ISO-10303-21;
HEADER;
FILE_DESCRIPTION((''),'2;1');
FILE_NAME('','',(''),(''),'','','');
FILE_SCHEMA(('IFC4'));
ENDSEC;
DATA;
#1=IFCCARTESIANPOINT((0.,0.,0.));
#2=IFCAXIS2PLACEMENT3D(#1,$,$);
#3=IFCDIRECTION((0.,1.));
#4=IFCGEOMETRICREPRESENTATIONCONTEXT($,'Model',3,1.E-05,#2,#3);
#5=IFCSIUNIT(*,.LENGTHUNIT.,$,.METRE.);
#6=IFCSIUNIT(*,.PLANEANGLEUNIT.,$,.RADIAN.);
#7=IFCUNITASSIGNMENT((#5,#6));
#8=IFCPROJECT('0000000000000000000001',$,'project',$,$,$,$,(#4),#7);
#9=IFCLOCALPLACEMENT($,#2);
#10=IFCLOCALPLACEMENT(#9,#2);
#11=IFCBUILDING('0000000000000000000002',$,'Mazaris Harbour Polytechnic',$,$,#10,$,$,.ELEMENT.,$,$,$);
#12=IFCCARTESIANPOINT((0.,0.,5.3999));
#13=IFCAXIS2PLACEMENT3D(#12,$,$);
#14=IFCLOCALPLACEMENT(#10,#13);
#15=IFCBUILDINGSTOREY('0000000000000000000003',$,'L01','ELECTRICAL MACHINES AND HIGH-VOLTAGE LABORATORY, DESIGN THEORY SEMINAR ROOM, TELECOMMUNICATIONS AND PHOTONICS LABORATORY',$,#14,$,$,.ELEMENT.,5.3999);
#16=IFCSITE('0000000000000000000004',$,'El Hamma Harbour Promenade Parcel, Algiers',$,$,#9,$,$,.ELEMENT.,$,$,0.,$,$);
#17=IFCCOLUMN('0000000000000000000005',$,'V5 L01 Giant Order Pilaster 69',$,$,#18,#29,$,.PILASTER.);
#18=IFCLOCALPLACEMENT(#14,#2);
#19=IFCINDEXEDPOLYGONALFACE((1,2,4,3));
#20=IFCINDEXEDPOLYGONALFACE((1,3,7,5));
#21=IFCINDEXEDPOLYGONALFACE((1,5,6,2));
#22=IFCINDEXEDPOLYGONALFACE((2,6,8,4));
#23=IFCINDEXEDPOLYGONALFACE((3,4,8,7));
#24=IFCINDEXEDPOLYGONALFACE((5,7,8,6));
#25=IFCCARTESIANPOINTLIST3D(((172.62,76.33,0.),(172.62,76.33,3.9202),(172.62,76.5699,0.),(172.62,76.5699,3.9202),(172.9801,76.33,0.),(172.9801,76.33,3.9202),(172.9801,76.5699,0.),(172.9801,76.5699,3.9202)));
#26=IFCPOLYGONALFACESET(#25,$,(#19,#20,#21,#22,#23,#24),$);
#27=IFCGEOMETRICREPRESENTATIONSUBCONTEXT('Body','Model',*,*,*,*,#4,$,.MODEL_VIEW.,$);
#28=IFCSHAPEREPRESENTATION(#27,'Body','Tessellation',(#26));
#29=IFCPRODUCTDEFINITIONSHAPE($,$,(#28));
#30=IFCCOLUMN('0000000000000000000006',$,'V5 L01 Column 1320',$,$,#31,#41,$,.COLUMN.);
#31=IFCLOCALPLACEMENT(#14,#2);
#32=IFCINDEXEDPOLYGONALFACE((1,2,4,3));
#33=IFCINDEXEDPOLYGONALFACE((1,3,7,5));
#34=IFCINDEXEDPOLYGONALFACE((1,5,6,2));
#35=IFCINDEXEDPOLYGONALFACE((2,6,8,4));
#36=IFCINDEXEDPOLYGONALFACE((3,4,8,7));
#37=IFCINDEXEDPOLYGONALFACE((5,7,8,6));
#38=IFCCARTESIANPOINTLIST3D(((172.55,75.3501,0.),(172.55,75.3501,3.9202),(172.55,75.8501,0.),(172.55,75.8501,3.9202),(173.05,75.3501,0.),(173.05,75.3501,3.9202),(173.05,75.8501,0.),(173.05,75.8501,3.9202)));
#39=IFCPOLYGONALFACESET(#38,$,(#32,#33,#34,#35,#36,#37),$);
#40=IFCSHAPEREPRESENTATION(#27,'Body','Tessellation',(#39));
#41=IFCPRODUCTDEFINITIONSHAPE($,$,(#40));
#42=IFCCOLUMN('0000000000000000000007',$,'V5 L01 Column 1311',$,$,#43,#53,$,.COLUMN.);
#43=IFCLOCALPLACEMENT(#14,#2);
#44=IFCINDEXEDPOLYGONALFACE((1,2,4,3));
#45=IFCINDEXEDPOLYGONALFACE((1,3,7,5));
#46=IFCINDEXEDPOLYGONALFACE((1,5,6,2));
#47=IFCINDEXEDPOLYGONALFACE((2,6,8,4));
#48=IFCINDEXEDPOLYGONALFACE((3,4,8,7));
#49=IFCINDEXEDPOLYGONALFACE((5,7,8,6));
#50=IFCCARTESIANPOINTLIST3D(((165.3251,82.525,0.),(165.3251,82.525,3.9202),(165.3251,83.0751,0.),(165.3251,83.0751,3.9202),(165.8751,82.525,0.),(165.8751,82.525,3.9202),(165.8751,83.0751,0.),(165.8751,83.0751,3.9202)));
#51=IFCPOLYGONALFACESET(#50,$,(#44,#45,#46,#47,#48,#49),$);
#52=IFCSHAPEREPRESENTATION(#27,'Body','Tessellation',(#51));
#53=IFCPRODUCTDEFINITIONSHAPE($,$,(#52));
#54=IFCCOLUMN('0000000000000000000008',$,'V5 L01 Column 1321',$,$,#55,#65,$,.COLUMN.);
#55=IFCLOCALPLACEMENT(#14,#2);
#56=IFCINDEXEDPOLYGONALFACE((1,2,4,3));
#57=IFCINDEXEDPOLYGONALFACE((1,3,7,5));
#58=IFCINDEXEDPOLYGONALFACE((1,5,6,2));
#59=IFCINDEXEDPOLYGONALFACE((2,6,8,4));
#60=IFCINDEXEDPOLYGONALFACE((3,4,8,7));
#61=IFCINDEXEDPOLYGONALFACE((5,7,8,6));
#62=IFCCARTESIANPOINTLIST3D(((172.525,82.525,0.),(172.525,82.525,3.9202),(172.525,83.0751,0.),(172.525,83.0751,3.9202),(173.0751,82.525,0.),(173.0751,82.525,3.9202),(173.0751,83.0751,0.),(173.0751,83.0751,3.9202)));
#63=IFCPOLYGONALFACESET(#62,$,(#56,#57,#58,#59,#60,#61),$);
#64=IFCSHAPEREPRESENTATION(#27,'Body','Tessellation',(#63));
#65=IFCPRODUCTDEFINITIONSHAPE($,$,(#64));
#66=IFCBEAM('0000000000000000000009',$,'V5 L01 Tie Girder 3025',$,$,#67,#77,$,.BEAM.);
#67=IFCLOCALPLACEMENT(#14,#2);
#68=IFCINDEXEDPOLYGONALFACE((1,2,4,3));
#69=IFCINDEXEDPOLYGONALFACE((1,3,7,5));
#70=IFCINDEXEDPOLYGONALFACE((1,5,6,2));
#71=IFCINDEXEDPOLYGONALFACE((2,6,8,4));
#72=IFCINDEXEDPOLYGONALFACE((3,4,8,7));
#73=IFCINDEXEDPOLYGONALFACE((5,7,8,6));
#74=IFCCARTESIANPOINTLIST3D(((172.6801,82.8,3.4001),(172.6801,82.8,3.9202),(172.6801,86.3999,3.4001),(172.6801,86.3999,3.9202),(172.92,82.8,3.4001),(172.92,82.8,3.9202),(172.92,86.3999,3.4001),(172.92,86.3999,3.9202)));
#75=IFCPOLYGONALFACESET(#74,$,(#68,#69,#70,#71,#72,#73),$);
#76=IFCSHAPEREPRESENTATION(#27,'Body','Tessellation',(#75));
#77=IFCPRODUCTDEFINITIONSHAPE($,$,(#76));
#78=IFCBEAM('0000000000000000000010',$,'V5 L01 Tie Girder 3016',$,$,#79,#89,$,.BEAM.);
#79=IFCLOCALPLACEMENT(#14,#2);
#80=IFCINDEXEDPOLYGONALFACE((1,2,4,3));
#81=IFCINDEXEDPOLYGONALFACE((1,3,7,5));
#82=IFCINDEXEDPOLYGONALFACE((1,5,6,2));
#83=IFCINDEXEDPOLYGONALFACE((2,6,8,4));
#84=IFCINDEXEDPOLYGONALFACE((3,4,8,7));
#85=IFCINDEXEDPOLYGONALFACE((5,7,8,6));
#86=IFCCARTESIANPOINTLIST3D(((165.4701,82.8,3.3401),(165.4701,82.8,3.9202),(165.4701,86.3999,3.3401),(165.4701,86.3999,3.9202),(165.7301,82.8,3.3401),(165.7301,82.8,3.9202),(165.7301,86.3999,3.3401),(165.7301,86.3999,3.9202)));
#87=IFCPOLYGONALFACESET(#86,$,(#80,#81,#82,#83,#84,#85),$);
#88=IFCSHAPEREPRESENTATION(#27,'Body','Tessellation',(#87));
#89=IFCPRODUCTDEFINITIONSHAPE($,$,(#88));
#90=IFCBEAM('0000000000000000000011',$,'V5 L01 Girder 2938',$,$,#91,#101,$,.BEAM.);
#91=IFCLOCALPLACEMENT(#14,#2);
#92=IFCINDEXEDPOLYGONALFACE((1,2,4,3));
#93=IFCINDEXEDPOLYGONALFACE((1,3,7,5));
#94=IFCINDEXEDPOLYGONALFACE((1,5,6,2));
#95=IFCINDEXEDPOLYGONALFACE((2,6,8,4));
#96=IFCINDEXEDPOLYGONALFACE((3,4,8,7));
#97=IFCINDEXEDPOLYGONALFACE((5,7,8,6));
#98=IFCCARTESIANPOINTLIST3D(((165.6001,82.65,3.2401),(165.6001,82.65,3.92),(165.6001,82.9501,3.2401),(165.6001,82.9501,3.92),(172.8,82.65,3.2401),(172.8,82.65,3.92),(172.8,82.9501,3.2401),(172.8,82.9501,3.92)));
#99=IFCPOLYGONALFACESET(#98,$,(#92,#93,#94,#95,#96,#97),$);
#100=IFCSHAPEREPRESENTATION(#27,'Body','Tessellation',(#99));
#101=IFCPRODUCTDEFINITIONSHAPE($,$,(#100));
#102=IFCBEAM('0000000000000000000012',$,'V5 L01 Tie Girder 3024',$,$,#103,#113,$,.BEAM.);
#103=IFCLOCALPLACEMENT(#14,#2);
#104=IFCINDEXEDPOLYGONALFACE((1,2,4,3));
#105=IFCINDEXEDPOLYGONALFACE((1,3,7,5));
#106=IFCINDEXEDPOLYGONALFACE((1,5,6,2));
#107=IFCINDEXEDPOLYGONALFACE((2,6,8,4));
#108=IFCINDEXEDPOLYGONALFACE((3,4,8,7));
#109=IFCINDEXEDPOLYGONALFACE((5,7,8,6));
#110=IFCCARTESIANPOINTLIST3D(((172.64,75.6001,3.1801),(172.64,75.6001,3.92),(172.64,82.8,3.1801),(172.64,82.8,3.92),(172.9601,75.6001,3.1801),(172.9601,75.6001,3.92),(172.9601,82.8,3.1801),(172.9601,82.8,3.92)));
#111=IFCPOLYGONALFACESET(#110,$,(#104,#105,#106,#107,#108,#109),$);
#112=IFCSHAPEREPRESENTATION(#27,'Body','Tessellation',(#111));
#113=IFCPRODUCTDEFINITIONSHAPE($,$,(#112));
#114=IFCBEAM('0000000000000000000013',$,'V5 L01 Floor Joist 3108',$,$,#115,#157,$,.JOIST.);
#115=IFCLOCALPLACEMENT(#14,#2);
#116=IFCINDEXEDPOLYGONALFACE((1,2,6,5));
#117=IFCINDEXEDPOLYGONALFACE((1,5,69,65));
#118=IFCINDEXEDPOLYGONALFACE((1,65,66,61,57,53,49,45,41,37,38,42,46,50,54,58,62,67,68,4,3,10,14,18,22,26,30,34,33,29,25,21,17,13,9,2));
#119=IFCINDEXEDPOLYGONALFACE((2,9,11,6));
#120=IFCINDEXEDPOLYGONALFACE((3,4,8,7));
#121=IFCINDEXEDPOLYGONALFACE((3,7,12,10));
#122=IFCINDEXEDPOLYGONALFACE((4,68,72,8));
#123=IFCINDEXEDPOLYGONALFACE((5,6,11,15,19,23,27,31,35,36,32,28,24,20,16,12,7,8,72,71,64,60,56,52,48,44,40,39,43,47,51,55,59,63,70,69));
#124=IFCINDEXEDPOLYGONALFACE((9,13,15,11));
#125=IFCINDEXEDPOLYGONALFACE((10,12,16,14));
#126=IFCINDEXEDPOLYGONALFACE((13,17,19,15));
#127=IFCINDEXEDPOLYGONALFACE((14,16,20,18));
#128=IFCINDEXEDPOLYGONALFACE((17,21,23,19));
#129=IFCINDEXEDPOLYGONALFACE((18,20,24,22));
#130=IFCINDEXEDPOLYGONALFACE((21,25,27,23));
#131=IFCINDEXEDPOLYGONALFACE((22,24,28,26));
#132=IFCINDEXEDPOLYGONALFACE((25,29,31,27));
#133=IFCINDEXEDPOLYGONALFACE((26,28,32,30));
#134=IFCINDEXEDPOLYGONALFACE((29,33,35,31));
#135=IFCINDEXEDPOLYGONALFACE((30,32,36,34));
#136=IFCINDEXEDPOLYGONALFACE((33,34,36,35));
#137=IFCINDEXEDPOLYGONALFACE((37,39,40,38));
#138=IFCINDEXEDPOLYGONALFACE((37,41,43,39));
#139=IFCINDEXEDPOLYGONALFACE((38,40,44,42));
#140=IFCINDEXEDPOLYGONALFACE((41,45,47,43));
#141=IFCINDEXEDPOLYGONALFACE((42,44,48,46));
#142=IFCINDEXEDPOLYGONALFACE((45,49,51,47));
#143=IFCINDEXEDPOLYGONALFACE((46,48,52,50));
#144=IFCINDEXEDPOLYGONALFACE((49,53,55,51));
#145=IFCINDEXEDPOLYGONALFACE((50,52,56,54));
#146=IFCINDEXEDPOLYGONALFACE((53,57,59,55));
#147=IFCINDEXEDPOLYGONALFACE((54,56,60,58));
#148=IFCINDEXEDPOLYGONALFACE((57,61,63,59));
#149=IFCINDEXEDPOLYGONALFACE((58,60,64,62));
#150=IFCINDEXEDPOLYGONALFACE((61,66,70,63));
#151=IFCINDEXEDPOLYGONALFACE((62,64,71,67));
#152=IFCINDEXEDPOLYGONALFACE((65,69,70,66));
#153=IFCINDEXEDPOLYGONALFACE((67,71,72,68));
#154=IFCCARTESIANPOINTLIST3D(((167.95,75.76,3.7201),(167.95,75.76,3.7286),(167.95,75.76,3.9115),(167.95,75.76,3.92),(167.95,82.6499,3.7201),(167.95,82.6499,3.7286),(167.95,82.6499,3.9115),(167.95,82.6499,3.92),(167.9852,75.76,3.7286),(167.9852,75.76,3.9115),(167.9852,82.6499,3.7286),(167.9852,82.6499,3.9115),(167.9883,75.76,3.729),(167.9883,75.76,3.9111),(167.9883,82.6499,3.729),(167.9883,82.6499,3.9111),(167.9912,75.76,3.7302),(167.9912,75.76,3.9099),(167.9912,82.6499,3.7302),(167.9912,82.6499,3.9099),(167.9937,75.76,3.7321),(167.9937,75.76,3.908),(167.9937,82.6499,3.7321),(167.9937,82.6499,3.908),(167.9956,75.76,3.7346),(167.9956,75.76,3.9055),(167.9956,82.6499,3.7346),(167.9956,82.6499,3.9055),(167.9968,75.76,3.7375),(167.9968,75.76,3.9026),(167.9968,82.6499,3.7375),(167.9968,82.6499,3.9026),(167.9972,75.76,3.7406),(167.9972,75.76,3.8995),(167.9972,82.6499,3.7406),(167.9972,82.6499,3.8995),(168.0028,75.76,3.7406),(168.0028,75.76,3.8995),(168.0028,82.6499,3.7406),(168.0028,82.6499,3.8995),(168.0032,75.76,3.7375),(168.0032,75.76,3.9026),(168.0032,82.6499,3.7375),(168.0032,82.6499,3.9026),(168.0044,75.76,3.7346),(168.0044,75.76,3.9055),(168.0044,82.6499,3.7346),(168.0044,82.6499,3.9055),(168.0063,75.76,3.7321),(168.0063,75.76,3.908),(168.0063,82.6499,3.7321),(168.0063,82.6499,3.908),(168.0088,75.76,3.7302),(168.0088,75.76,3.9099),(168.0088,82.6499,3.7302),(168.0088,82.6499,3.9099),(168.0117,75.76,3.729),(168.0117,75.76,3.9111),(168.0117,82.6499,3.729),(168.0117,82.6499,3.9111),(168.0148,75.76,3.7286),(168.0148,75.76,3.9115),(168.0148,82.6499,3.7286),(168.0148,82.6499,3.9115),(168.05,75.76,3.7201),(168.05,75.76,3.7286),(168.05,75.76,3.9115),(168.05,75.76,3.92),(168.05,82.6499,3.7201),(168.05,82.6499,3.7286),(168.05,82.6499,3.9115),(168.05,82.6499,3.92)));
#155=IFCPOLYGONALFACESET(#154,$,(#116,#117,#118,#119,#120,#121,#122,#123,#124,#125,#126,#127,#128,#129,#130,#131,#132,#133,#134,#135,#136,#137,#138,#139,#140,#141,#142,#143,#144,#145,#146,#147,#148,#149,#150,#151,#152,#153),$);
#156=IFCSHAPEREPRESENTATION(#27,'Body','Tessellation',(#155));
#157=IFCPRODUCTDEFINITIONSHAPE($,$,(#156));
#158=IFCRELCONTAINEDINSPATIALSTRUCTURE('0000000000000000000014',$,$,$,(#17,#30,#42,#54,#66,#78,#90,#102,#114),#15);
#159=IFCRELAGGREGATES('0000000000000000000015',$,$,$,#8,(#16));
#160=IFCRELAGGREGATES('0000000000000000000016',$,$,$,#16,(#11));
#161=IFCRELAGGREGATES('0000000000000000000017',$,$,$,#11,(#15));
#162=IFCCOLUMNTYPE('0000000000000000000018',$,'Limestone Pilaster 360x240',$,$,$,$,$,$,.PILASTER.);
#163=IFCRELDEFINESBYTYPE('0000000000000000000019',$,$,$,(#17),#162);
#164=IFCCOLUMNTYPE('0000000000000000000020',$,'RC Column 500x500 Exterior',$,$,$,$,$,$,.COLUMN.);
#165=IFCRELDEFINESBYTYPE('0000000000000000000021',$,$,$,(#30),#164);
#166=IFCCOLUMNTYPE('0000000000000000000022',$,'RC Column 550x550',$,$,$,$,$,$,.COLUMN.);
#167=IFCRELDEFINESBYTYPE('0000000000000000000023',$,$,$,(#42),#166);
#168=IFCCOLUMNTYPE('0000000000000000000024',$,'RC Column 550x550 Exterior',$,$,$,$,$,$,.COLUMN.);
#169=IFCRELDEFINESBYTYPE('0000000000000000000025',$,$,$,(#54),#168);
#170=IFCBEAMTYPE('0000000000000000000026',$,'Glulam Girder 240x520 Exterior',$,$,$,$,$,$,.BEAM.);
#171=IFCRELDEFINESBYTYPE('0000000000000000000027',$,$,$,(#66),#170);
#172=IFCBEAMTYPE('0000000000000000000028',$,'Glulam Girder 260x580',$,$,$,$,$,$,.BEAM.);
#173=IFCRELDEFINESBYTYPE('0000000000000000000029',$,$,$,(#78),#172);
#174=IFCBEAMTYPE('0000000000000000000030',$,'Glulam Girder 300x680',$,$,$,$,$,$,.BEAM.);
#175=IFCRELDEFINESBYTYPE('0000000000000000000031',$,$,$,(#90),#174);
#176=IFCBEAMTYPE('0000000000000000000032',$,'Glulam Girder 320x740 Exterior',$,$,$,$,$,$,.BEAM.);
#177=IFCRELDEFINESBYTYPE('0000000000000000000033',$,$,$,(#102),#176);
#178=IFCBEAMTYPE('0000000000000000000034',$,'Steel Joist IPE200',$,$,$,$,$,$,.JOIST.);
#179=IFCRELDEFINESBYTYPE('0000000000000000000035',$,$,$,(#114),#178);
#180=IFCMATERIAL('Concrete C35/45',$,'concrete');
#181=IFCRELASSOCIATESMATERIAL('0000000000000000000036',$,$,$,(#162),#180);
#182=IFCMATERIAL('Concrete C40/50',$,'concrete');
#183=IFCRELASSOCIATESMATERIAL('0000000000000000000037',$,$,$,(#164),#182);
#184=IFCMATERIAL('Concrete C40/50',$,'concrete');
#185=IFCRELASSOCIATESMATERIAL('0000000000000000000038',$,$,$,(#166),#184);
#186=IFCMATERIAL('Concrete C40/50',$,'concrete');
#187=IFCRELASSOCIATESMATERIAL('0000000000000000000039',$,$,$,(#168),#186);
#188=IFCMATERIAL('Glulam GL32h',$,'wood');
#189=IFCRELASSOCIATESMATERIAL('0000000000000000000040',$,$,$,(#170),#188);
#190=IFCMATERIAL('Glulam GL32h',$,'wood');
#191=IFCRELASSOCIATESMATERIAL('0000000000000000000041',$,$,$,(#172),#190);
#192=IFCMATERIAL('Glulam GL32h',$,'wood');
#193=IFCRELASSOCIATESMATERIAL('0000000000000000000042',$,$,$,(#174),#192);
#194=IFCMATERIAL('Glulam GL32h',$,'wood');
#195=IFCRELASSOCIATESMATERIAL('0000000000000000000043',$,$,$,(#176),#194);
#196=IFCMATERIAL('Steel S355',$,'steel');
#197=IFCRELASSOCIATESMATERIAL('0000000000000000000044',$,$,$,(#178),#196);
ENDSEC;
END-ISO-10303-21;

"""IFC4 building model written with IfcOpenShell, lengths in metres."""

from ifc_helpers import new_model, si_unit, direction, frame, origin, origin_2d, place, context, subcontext, project, spatial, rectangle, i_section, extrude, material, material_profile, profile_set, type_object, element, save


model = new_model("IFC4")

# Units and contexts
model_context = context("Model", 3, precision=1e-05, world=origin(), true_north=direction((0.0, 1.0)))
body_context = subcontext(model_context, "Body", "Model", "MODEL_VIEW")
ifc_project = project(units=[si_unit("LENGTHUNIT", "METRE"), si_unit("PLANEANGLEUNIT", "RADIAN")], contexts=[model_context])

# Site, building, storey
site_placement = place(None, origin())
site = spatial("IfcSite", under=ifc_project, at=site_placement, Name="El Hamma Harbour Promenade Parcel, Algiers", CompositionType="ELEMENT", RefElevation=0.0)
building_placement = place(site_placement, origin())
building = spatial("IfcBuilding", under=site, at=building_placement, Name="Mazaris Harbour Polytechnic", CompositionType="ELEMENT")
storey_placement = place(building_placement, frame((0.0, 0.0, 5.3999)))
storey = spatial("IfcBuildingStorey", under=building, at=storey_placement, Name="L01", Description="ELECTRICAL MACHINES AND HIGH-VOLTAGE LABORATORY, DESIGN THEORY SEMINAR ROOM, TELECOMMUNICATIONS AND PHOTONICS LABORATORY", CompositionType="ELEMENT", Elevation=5.3999)

# Columns
ifc_material_1 = material(Name="Concrete C35/45", Category="concrete")
ifc_material_profile_1 = material_profile(ifc_material_1, rectangle(XDim=0.3601, YDim=0.24, at=origin_2d()), Name="RECT360x240")
ifc_profile_set_1 = profile_set([ifc_material_profile_1], Name="Concrete C35/45")
column_type_1 = type_object("IfcColumnType", Name="Limestone Pilaster 360x240", PredefinedType="PILASTER", material=ifc_profile_set_1)
column_1_placement = place(storey_placement, frame((172.8, 76.45, 0.0), z_axis=(0.0, 0.0, 1.0), x_axis=(1.0, 0.0, 0.0)))
element("IfcColumn", 1, at=column_1_placement, inside=storey, type_object=column_type_1, Name="V5 L01 Giant Order Pilaster 69", PredefinedType="PILASTER", context=body_context, shape_type="SweptSolid", body=[
    extrude(rectangle(XDim=0.3601, YDim=0.24, at=origin_2d()), origin(), (0.0, 0.0, 1.0), 3.9202),
])
ifc_material_2 = material(Name="Concrete C40/50", Category="concrete")
ifc_material_profile_2 = material_profile(ifc_material_2, rectangle(XDim=0.5, YDim=0.5, at=origin_2d()), Name="RECT500x500")
ifc_profile_set_2 = profile_set([ifc_material_profile_2], Name="Concrete C40/50")
column_type_2 = type_object("IfcColumnType", Name="RC Column 500x500 Exterior", PredefinedType="COLUMN", material=ifc_profile_set_2)
column_2_placement = place(storey_placement, frame((172.8, 75.6001, 0.0), z_axis=(0.0, 0.0, 1.0), x_axis=(1.0, 0.0, 0.0)))
element("IfcColumn", 2, at=column_2_placement, inside=storey, type_object=column_type_2, Name="V5 L01 Column 1320", PredefinedType="COLUMN", context=body_context, shape_type="SweptSolid", body=[
    extrude(rectangle(XDim=0.5, YDim=0.5, at=origin_2d()), origin(), (0.0, 0.0, 1.0), 3.9202),
])
ifc_material_3 = material(Name="Concrete C40/50", Category="concrete")
ifc_material_profile_3 = material_profile(ifc_material_3, rectangle(XDim=0.55, YDim=0.55, at=origin_2d()), Name="RECT550x550")
ifc_profile_set_3 = profile_set([ifc_material_profile_3], Name="Concrete C40/50")
column_type_3 = type_object("IfcColumnType", Name="RC Column 550x550", PredefinedType="COLUMN", material=ifc_profile_set_3)
column_3_placement = place(storey_placement, frame((165.6001, 82.8, 0.0), z_axis=(0.0, 0.0, 1.0), x_axis=(1.0, 0.0, 0.0)))
element("IfcColumn", 3, at=column_3_placement, inside=storey, type_object=column_type_3, Name="V5 L01 Column 1311", PredefinedType="COLUMN", context=body_context, shape_type="SweptSolid", body=[
    extrude(rectangle(XDim=0.55, YDim=0.55, at=origin_2d()), origin(), (0.0, 0.0, 1.0), 3.9202),
])
ifc_material_4 = material(Name="Concrete C40/50", Category="concrete")
ifc_material_profile_4 = material_profile(ifc_material_4, rectangle(XDim=0.55, YDim=0.55, at=origin_2d()), Name="RECT550x550")
ifc_profile_set_4 = profile_set([ifc_material_profile_4], Name="Concrete C40/50")
column_type_4 = type_object("IfcColumnType", Name="RC Column 550x550 Exterior", PredefinedType="COLUMN", material=ifc_profile_set_4)
column_4_placement = place(storey_placement, frame((172.8, 82.8, 0.0), z_axis=(0.0, 0.0, 1.0), x_axis=(1.0, 0.0, 0.0)))
element("IfcColumn", 4, at=column_4_placement, inside=storey, type_object=column_type_4, Name="V5 L01 Column 1321", PredefinedType="COLUMN", context=body_context, shape_type="SweptSolid", body=[
    extrude(rectangle(XDim=0.55, YDim=0.55, at=origin_2d()), origin(), (0.0, 0.0, 1.0), 3.9202),
])

# Beams
ifc_material_5 = material(Name="Glulam GL32h", Category="wood")
ifc_material_profile_5 = material_profile(ifc_material_5, rectangle(XDim=0.24, YDim=0.52, at=origin_2d()), Name="RECT240x520")
ifc_profile_set_5 = profile_set([ifc_material_profile_5], Name="Glulam GL32h")
beam_type_1 = type_object("IfcBeamType", Name="Glulam Girder 240x520 Exterior", PredefinedType="BEAM", material=ifc_profile_set_5)
beam_1_placement = place(storey_placement, frame((172.8, 82.8, 3.6602), z_axis=(0.0, 1.0, 0.0), x_axis=(-1.0, 0.0, 0.0)))
element("IfcBeam", 5, at=beam_1_placement, inside=storey, type_object=beam_type_1, Name="V5 L01 Tie Girder 3025", PredefinedType="BEAM", context=body_context, shape_type="SweptSolid", body=[
    extrude(rectangle(XDim=0.24, YDim=0.52, at=origin_2d()), origin(), (0.0, 0.0, 1.0), 3.5999),
])
ifc_material_6 = material(Name="Glulam GL32h", Category="wood")
ifc_material_profile_6 = material_profile(ifc_material_6, rectangle(XDim=0.26, YDim=0.5801, at=origin_2d()), Name="RECT260x580")
ifc_profile_set_6 = profile_set([ifc_material_profile_6], Name="Glulam GL32h")
beam_type_2 = type_object("IfcBeamType", Name="Glulam Girder 260x580", PredefinedType="BEAM", material=ifc_profile_set_6)
beam_2_placement = place(storey_placement, frame((165.6001, 82.8, 3.6301), z_axis=(0.0, 1.0, 0.0), x_axis=(-1.0, 0.0, 0.0)))
element("IfcBeam", 6, at=beam_2_placement, inside=storey, type_object=beam_type_2, Name="V5 L01 Tie Girder 3016", PredefinedType="BEAM", context=body_context, shape_type="SweptSolid", body=[
    extrude(rectangle(XDim=0.26, YDim=0.5801, at=origin_2d()), origin(), (0.0, 0.0, 1.0), 3.5999),
])
ifc_material_7 = material(Name="Glulam GL32h", Category="wood")
ifc_material_profile_7 = material_profile(ifc_material_7, rectangle(XDim=0.3, YDim=0.6799, at=origin_2d()), Name="RECT300x680")
ifc_profile_set_7 = profile_set([ifc_material_profile_7], Name="Glulam GL32h")
beam_type_3 = type_object("IfcBeamType", Name="Glulam Girder 300x680", PredefinedType="BEAM", material=ifc_profile_set_7)
beam_3_placement = place(storey_placement, frame((165.6001, 82.8, 3.5801), z_axis=(1.0, 0.0, 0.0), x_axis=(0.0, 1.0, 0.0)))
element("IfcBeam", 7, at=beam_3_placement, inside=storey, type_object=beam_type_3, Name="V5 L01 Girder 2938", PredefinedType="BEAM", context=body_context, shape_type="SweptSolid", body=[
    extrude(rectangle(XDim=0.3, YDim=0.6799, at=origin_2d()), origin(), (0.0, 0.0, 1.0), 7.2),
])
ifc_material_8 = material(Name="Glulam GL32h", Category="wood")
ifc_material_profile_8 = material_profile(ifc_material_8, rectangle(XDim=0.3201, YDim=0.74, at=origin_2d()), Name="RECT320x740")
ifc_profile_set_8 = profile_set([ifc_material_profile_8], Name="Glulam GL32h")
beam_type_4 = type_object("IfcBeamType", Name="Glulam Girder 320x740 Exterior", PredefinedType="BEAM", material=ifc_profile_set_8)
beam_4_placement = place(storey_placement, frame((172.8, 75.6001, 3.55), z_axis=(0.0, 1.0, 0.0), x_axis=(-1.0, 0.0, 0.0)))
element("IfcBeam", 8, at=beam_4_placement, inside=storey, type_object=beam_type_4, Name="V5 L01 Tie Girder 3024", PredefinedType="BEAM", context=body_context, shape_type="SweptSolid", body=[
    extrude(rectangle(XDim=0.3201, YDim=0.74, at=origin_2d()), origin(), (0.0, 0.0, 1.0), 7.2),
])
ifc_material_9 = material(Name="Steel S355", Category="steel")
ifc_material_profile_9 = material_profile(ifc_material_9, i_section(OverallWidth=0.1001, OverallDepth=0.2, WebThickness=0.0056, FlangeThickness=0.0085, FilletRadius=0.012, at=origin_2d()), Name="IPE 200")
ifc_profile_set_9 = profile_set([ifc_material_profile_9], Name="Steel S355")
beam_type_5 = type_object("IfcBeamType", Name="Steel Joist IPE200", PredefinedType="JOIST", material=ifc_profile_set_9)
beam_5_placement = place(storey_placement, frame((168.0, 75.76, 3.8201), z_axis=(0.0, 1.0, 0.0), x_axis=(-1.0, 0.0, 0.0)))
element("IfcBeam", 9, at=beam_5_placement, inside=storey, type_object=beam_type_5, Name="V5 L01 Floor Joist 3108", PredefinedType="JOIST", context=body_context, shape_type="SweptSolid", body=[
    extrude(i_section(OverallWidth=0.1001, OverallDepth=0.2, WebThickness=0.0056, FlangeThickness=0.0085, FilletRadius=0.012, at=origin_2d()), origin(), (0.0, 0.0, 1.0), 6.8899),
])

save(model, "model.ifc")
